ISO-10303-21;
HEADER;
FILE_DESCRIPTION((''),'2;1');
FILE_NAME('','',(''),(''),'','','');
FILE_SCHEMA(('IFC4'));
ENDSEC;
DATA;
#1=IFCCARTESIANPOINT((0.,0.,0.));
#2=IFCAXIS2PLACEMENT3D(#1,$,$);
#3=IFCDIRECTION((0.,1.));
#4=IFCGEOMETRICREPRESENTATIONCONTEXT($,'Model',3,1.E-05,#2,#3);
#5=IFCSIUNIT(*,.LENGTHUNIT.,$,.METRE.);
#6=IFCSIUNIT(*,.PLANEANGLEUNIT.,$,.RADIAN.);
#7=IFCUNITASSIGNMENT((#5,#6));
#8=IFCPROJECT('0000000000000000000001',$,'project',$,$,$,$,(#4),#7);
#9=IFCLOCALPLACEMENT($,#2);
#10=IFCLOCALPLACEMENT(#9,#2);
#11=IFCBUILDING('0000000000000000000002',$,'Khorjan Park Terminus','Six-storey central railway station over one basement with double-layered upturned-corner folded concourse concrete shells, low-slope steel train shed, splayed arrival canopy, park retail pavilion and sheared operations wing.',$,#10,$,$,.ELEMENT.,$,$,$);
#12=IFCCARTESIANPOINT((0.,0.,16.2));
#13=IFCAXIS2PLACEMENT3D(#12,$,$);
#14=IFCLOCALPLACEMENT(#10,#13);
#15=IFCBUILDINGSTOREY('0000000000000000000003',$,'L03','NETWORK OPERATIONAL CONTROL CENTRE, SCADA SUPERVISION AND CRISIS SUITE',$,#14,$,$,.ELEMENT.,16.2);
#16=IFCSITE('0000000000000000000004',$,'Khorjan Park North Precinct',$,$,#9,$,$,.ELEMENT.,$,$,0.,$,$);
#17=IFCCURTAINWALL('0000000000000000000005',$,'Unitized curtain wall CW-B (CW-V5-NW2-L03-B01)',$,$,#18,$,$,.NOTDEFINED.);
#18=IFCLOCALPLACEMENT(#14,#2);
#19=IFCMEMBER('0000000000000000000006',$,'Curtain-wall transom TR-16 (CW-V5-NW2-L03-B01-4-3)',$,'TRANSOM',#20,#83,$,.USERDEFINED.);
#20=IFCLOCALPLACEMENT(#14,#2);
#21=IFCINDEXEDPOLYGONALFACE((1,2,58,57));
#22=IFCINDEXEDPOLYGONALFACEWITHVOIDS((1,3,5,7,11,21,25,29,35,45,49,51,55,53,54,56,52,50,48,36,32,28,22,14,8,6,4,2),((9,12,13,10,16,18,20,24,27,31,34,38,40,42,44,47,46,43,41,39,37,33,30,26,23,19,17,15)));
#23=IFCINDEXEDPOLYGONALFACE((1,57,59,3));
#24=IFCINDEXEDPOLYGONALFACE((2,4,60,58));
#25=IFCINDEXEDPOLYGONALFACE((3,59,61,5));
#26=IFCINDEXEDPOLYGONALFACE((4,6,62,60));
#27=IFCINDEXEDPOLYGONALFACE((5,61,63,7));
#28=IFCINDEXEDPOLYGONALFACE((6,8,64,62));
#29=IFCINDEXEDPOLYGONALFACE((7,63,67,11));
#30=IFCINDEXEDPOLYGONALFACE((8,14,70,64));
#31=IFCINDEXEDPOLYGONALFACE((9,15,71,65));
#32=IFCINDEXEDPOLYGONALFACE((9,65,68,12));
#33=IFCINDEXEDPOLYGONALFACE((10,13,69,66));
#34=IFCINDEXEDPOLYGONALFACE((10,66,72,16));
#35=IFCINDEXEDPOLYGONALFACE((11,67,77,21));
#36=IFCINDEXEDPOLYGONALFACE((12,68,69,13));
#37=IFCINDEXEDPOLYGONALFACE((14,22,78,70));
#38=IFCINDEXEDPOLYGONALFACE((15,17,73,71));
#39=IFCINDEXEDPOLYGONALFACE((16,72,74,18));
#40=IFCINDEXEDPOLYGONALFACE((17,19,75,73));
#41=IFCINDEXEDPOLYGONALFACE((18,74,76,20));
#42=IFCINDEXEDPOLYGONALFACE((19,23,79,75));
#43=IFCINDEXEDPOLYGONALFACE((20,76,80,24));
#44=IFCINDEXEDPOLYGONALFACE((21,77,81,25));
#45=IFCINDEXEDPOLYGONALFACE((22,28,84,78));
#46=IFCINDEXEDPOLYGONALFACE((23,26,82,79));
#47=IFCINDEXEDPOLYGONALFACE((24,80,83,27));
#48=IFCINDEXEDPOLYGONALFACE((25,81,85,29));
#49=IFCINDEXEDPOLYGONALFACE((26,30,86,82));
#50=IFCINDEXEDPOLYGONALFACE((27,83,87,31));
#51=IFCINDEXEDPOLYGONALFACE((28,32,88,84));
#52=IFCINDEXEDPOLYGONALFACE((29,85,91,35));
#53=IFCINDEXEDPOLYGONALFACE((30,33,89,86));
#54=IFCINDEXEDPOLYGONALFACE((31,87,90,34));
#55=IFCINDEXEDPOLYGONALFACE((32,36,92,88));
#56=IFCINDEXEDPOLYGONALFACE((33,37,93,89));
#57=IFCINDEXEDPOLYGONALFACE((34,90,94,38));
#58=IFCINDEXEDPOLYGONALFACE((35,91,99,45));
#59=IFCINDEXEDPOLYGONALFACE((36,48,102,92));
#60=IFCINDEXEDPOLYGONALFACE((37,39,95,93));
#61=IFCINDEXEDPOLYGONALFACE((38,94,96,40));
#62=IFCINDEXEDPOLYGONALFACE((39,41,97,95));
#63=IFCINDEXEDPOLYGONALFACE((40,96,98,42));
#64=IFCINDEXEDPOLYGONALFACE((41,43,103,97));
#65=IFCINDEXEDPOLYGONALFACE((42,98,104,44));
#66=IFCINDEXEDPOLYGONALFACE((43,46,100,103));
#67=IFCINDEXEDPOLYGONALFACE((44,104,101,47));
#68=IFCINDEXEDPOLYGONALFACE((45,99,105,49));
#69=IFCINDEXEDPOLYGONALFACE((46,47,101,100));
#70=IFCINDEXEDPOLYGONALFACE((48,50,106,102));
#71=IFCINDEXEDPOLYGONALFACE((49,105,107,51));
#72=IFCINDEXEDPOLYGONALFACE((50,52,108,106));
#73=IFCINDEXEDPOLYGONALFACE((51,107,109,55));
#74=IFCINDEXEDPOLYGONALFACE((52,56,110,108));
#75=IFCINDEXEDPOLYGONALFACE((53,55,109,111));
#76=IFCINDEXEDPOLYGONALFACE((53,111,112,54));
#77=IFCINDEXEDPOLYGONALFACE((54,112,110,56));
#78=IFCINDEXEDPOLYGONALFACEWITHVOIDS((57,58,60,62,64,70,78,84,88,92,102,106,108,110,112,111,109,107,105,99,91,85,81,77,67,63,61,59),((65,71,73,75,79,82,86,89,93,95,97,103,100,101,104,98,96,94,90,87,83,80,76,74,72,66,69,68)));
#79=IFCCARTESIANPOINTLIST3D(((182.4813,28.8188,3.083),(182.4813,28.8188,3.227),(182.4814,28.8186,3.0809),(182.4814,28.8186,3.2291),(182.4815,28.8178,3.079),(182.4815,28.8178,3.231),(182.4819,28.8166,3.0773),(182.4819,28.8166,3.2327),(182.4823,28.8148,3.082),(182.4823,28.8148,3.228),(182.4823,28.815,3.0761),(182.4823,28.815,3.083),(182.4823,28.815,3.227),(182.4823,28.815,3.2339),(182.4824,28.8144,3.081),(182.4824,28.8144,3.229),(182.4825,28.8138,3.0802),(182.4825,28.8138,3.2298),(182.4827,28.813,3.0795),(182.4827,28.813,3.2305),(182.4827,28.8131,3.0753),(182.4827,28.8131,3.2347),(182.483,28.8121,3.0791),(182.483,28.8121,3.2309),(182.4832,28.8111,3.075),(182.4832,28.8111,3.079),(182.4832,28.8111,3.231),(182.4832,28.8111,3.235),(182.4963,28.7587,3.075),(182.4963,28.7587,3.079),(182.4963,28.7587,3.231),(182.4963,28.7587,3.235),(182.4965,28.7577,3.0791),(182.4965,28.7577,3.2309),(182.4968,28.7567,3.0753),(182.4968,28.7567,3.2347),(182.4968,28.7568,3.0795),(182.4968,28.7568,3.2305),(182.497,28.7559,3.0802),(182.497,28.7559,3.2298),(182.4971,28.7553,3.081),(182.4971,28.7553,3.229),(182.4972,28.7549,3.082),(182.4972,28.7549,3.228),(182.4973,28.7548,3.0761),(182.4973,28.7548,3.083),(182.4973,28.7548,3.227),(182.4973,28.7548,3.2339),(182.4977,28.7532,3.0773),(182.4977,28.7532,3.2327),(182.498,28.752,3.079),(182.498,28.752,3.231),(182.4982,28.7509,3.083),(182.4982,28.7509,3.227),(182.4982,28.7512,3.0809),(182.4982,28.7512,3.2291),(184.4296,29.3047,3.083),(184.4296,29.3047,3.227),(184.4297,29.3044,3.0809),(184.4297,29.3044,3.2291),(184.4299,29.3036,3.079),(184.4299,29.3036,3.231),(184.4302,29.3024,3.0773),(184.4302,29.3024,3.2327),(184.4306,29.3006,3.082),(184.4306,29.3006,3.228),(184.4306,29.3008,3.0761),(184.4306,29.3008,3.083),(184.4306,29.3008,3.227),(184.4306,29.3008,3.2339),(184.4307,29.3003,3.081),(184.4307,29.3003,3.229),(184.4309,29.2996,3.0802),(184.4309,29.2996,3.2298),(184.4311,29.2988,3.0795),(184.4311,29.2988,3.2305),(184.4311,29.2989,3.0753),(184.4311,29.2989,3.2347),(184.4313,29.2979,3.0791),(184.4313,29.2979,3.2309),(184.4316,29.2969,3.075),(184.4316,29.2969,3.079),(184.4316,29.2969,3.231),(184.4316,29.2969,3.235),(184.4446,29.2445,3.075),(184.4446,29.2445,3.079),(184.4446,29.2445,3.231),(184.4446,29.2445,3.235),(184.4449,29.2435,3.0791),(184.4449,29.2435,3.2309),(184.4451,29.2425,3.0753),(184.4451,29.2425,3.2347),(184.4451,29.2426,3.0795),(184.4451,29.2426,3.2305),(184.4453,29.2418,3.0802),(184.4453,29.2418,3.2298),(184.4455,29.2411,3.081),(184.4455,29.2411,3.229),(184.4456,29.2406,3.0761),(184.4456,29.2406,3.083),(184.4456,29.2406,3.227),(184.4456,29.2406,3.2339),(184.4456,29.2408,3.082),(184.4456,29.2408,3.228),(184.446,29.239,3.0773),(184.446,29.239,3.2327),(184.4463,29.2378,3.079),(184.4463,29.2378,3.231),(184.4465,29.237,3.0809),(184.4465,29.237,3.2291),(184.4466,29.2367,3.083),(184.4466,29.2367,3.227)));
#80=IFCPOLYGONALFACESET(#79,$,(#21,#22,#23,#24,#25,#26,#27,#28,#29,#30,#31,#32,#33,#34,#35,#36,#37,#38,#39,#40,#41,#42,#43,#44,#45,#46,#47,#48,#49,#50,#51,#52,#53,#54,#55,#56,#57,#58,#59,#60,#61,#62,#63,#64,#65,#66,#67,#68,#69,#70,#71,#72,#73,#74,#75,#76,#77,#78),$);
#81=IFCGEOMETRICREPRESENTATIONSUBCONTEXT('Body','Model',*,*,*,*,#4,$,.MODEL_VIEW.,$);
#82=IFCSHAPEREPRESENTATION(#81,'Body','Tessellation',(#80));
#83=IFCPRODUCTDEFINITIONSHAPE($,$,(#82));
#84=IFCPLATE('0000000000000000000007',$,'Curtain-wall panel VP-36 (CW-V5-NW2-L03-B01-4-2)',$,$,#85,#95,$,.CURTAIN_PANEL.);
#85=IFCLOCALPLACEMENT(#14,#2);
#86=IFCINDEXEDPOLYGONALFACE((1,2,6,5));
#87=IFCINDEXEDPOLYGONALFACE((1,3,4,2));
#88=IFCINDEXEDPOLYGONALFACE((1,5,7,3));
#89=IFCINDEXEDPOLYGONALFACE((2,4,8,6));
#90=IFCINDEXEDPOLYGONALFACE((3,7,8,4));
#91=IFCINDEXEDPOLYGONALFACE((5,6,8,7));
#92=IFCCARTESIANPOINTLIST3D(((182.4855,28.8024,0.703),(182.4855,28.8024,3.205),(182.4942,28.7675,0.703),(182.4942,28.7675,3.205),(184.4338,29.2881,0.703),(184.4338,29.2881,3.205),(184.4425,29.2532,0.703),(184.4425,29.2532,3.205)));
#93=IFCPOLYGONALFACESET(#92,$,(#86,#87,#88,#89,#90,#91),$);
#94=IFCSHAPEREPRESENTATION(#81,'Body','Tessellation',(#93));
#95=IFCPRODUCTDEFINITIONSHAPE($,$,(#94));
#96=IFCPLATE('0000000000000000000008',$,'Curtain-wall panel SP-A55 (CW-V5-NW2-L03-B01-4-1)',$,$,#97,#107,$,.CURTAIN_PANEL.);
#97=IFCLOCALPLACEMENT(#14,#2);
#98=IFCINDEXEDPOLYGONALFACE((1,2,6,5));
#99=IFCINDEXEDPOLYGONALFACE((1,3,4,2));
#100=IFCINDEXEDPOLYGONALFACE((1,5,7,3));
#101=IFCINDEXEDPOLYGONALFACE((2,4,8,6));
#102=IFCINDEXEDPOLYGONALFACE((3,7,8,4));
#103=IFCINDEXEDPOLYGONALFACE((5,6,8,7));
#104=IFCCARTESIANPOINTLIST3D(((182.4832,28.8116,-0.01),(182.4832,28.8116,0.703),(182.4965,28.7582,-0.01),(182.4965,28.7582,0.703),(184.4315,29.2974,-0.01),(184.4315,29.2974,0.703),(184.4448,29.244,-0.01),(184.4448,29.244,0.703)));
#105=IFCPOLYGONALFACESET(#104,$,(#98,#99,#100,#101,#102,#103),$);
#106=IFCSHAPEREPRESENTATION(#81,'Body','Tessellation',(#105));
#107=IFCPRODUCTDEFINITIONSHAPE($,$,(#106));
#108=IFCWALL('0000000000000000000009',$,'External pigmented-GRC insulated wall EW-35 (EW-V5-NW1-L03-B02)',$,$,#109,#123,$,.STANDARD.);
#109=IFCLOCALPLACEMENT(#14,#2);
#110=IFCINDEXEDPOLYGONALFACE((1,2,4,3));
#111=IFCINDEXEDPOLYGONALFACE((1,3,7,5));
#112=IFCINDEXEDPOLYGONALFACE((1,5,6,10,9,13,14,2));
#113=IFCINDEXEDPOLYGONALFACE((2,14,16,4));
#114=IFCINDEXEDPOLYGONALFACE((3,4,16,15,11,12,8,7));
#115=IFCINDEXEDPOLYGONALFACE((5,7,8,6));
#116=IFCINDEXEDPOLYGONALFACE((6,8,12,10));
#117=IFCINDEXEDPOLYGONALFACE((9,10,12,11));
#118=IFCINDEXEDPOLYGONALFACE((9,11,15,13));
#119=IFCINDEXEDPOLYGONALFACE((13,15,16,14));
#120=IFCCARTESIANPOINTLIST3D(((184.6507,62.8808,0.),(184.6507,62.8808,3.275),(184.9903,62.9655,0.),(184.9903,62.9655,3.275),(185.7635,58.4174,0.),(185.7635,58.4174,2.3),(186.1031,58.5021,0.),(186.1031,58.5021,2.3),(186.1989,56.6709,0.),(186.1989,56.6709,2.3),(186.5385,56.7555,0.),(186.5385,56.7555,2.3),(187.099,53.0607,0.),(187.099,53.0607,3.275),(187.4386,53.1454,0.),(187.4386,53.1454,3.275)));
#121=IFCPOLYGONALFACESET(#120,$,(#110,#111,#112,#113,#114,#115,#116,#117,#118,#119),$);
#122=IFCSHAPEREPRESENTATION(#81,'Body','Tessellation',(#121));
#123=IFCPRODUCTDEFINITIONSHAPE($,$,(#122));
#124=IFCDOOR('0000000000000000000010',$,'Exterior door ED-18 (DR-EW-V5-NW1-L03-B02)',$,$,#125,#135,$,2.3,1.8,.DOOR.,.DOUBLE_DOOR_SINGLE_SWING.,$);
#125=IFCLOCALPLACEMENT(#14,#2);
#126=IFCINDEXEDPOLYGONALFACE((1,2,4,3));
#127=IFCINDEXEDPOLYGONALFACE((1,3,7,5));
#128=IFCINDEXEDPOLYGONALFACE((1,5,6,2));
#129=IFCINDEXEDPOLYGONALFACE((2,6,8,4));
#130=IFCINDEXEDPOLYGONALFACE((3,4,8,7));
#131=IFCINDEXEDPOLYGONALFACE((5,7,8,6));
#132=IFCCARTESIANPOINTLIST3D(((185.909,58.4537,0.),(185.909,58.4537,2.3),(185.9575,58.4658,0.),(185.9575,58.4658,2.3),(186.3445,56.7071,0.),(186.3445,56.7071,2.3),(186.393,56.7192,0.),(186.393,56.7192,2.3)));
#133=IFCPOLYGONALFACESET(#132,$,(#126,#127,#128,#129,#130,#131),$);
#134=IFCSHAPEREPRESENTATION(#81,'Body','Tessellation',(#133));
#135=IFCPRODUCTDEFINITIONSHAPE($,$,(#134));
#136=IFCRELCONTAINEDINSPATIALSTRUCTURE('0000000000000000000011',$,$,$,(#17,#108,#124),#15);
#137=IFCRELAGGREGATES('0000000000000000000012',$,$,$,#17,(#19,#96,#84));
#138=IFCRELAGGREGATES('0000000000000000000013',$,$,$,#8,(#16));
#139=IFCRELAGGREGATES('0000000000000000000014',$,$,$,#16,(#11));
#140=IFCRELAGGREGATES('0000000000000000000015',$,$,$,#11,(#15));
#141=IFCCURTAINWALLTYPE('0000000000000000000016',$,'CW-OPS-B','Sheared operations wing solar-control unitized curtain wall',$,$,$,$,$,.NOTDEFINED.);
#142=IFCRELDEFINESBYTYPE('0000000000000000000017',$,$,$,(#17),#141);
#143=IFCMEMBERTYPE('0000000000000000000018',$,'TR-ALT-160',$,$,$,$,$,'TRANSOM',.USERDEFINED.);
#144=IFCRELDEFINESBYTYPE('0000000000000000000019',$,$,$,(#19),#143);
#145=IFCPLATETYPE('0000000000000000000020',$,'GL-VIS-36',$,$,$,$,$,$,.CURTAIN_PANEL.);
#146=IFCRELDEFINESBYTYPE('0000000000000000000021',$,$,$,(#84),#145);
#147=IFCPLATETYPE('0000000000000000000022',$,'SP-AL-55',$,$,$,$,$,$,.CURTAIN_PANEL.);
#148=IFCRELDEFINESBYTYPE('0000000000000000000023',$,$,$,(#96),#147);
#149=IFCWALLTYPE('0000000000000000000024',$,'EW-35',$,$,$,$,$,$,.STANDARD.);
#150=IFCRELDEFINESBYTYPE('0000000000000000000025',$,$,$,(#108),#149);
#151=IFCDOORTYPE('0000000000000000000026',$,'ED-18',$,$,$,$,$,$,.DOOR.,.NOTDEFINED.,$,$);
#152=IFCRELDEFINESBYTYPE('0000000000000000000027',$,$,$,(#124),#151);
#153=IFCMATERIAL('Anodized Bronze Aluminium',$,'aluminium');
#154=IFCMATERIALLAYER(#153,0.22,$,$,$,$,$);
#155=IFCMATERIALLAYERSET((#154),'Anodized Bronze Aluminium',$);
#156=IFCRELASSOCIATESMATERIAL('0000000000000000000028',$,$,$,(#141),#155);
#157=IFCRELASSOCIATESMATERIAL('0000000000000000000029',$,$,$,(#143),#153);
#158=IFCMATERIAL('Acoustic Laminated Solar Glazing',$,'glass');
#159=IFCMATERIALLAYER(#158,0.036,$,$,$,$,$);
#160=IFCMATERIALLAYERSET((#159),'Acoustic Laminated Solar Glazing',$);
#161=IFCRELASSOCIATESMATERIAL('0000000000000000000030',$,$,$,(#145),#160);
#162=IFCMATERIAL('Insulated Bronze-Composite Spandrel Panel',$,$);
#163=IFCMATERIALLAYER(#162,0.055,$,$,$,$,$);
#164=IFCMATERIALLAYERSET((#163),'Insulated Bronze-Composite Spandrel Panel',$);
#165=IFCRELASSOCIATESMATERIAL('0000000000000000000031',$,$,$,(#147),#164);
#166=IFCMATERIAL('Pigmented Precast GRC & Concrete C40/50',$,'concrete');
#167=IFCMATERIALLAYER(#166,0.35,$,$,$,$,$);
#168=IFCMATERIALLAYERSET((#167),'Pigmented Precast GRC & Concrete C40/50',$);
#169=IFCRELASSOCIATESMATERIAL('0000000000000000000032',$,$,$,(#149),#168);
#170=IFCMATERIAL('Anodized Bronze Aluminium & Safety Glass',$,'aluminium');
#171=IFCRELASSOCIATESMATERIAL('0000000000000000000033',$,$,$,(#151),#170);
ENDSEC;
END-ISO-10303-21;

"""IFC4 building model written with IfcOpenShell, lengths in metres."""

from ifc_helpers import new_model, si_unit, direction, frame, frame_2d, origin, origin_2d, place, context, subcontext, project, spatial, rectangle, hollow_rectangle, extrude, material, layer, layer_set, material_profile, profile_set, type_object, element, fill, aggregate, save


model = new_model("IFC4")

# Units and contexts
model_context = context("Model", 3, precision=1e-05, world=origin(), true_north=direction((0.0, 1.0)))
body_context = subcontext(model_context, "Body", "Model", "MODEL_VIEW")
ifc_project = project(units=[si_unit("LENGTHUNIT", "METRE"), si_unit("PLANEANGLEUNIT", "RADIAN")], contexts=[model_context])

# Site, building, storey
site_placement = place(None, origin())
site = spatial("IfcSite", under=ifc_project, at=site_placement, Name="Khorjan Park North Precinct", CompositionType="ELEMENT", RefElevation=0.0)
building_placement = place(site_placement, origin())
building = spatial("IfcBuilding", under=site, at=building_placement, Name="Khorjan Park Terminus", Description="Six-storey central railway station over one basement with double-layered upturned-corner folded concourse concrete shells, low-slope steel train shed, splayed arrival canopy, park retail pavilion and sheared operations wing.", CompositionType="ELEMENT")
storey_placement = place(building_placement, frame((0.0, 0.0, 16.2)))
storey = spatial("IfcBuildingStorey", under=building, at=storey_placement, Name="L03", Description="NETWORK OPERATIONAL CONTROL CENTRE, SCADA SUPERVISION AND CRISIS SUITE", CompositionType="ELEMENT", Elevation=16.2)

# Curtain wall, member, plates
ifc_material_1 = material(Name="Anodized Bronze Aluminium", Category="aluminium")
ifc_layer_1 = layer(ifc_material_1, 0.22)
ifc_layer_set_1 = layer_set([ifc_layer_1], Name="Anodized Bronze Aluminium")
curtain_wall_type = type_object("IfcCurtainWallType", Name="CW-OPS-B", Description="Sheared operations wing solar-control unitized curtain wall", PredefinedType="NOTDEFINED", material=ifc_layer_set_1)
curtain_wall_placement = place(storey_placement, origin())
curtain_wall = element("IfcCurtainWall", 1, at=curtain_wall_placement, inside=storey, type_object=curtain_wall_type, Name="Unitized curtain wall CW-B (CW-V5-NW2-L03-B01)", PredefinedType="NOTDEFINED")
ifc_material_profile_1 = material_profile(ifc_material_1, hollow_rectangle(XDim=0.07, YDim=0.16, WallThickness=0.004, InnerFilletRadius=0.004, OuterFilletRadius=0.008, at=origin_2d()), Name="ALT 70x160x4")
ifc_profile_set_1 = profile_set([ifc_material_profile_1], Name="Anodized Bronze Aluminium")
member_type_1 = type_object("IfcMemberType", Name="TR-ALT-160", ElementType="TRANSOM", PredefinedType="USERDEFINED", material=ifc_profile_set_1)
member_1_placement = place(storey_placement, frame((184.4381, 29.2707, 3.155), z_axis=(-0.970292, -0.241938, 0.0), x_axis=(0.241938, -0.970292, 0.0)))
member_1 = element("IfcMember", 2, at=member_1_placement, type_object=member_type_1, Name="Curtain-wall transom TR-16 (CW-V5-NW2-L03-B01-4-3)", ObjectType="TRANSOM", PredefinedType="USERDEFINED", context=body_context, shape_type="SweptSolid", body=[
    extrude(hollow_rectangle(XDim=0.07, YDim=0.16, WallThickness=0.004, InnerFilletRadius=0.004, OuterFilletRadius=0.008, at=origin_2d()), origin(), (0.0, 0.0, 1.0), 2.008),
])
ifc_material_2 = material(Name="Acoustic Laminated Solar Glazing", Category="glass")
ifc_layer_2 = layer(ifc_material_2, 0.036)
ifc_layer_set_2 = layer_set([ifc_layer_2], Name="Acoustic Laminated Solar Glazing")
plate_type_1 = type_object("IfcPlateType", Name="GL-VIS-36", PredefinedType="CURTAIN_PANEL", material=ifc_layer_set_2)
plate_1_placement = place(storey_placement, frame((183.464, 29.0278, 0.703), z_axis=(0.0, 0.0, 1.0), x_axis=(-0.970296, -0.241919, 0.0)))
plate_1 = element("IfcPlate", 3, at=plate_1_placement, type_object=plate_type_1, Name="Curtain-wall panel VP-36 (CW-V5-NW2-L03-B01-4-2)", PredefinedType="CURTAIN_PANEL", context=body_context, shape_type="SweptSolid", body=[
    extrude(rectangle(XDim=2.0079, YDim=0.036, at=origin_2d()), origin(), (0.0, 0.0, 1.0), 2.502),
])
ifc_material_3 = material(Name="Insulated Bronze-Composite Spandrel Panel")
ifc_layer_3 = layer(ifc_material_3, 0.055)
ifc_layer_set_3 = layer_set([ifc_layer_3], Name="Insulated Bronze-Composite Spandrel Panel")
plate_type_2 = type_object("IfcPlateType", Name="SP-AL-55", PredefinedType="CURTAIN_PANEL", material=ifc_layer_set_3)
plate_2_placement = place(storey_placement, frame((183.464, 29.0278, -0.01), z_axis=(0.0, 0.0, 1.0), x_axis=(-0.970296, -0.241919, 0.0)))
plate_2 = element("IfcPlate", 4, at=plate_2_placement, type_object=plate_type_2, Name="Curtain-wall panel SP-A55 (CW-V5-NW2-L03-B01-4-1)", PredefinedType="CURTAIN_PANEL", context=body_context, shape_type="SweptSolid", body=[
    extrude(rectangle(XDim=2.0079, YDim=0.055, at=origin_2d()), origin(), (0.0, 0.0, 1.0), 0.713),
])
aggregate(curtain_wall, [member_1, plate_2, plate_1])

# Wall, opening, door
ifc_material_4 = material(Name="Pigmented Precast GRC & Concrete C40/50", Category="concrete")
ifc_layer_4 = layer(ifc_material_4, 0.35)
ifc_layer_set_4 = layer_set([ifc_layer_4], Name="Pigmented Precast GRC & Concrete C40/50")
wall_type = type_object("IfcWallType", Name="EW-35", PredefinedType="STANDARD", material=ifc_layer_set_4)
wall_1_placement = place(storey_placement, frame((184.8205, 62.9231, 0.0), z_axis=(0.0, 0.0, 1.0), x_axis=(0.24191, -0.970299, 0.0)))
wall_1 = element("IfcWall", 5, at=wall_1_placement, inside=storey, type_object=wall_type, Name="External pigmented-GRC insulated wall EW-35 (EW-V5-NW1-L03-B02)", PredefinedType="STANDARD", context=body_context, shape_type="SweptSolid", body=[
    extrude(rectangle(XDim=10.1207, YDim=0.35, at=frame_2d((5.0603, 0.0))), origin(), (0.0, 0.0, 1.0), 3.275),
])
opening_1_placement = place(wall_1_placement, frame((4.6, 0.0, 0.0)))
opening_1 = element("IfcOpeningElement", 6, at=opening_1_placement, cuts=wall_1, PredefinedType="OPENING", context=body_context, shape_type="SweptSolid", body=[
    extrude(rectangle(XDim=1.8, YDim=2.3, at=frame_2d((0.9, 1.15))), frame((0.0, 0.185, 0.0), z_axis=(0.0, -1.0, 0.0), x_axis=(1.0, 0.0, 0.0)), (0.0, 0.0, 1.0), 0.37),
])
ifc_material_5 = material(Name="Anodized Bronze Aluminium & Safety Glass", Category="aluminium")
door_type = type_object("IfcDoorType", Name="ED-18", OperationType="NOTDEFINED", PredefinedType="DOOR", material=ifc_material_5)
door_placement = place(opening_1_placement, origin())
door = element("IfcDoor", 7, at=door_placement, inside=storey, type_object=door_type, Name="Exterior door ED-18 (DR-EW-V5-NW1-L03-B02)", OperationType="DOUBLE_DOOR_SINGLE_SWING", OverallHeight=2.3, OverallWidth=1.8, PredefinedType="DOOR", context=body_context, shape_type="SweptSolid", body=[
    extrude(rectangle(XDim=1.8, YDim=2.3, at=frame_2d((0.9, 1.15))), frame((0.0, 0.025, 0.0), z_axis=(0.0, -1.0, 0.0), x_axis=(1.0, 0.0, 0.0)), (0.0, 0.0, 1.0), 0.05),
])
fill(opening_1, door)

save(model, "model.ifc")
